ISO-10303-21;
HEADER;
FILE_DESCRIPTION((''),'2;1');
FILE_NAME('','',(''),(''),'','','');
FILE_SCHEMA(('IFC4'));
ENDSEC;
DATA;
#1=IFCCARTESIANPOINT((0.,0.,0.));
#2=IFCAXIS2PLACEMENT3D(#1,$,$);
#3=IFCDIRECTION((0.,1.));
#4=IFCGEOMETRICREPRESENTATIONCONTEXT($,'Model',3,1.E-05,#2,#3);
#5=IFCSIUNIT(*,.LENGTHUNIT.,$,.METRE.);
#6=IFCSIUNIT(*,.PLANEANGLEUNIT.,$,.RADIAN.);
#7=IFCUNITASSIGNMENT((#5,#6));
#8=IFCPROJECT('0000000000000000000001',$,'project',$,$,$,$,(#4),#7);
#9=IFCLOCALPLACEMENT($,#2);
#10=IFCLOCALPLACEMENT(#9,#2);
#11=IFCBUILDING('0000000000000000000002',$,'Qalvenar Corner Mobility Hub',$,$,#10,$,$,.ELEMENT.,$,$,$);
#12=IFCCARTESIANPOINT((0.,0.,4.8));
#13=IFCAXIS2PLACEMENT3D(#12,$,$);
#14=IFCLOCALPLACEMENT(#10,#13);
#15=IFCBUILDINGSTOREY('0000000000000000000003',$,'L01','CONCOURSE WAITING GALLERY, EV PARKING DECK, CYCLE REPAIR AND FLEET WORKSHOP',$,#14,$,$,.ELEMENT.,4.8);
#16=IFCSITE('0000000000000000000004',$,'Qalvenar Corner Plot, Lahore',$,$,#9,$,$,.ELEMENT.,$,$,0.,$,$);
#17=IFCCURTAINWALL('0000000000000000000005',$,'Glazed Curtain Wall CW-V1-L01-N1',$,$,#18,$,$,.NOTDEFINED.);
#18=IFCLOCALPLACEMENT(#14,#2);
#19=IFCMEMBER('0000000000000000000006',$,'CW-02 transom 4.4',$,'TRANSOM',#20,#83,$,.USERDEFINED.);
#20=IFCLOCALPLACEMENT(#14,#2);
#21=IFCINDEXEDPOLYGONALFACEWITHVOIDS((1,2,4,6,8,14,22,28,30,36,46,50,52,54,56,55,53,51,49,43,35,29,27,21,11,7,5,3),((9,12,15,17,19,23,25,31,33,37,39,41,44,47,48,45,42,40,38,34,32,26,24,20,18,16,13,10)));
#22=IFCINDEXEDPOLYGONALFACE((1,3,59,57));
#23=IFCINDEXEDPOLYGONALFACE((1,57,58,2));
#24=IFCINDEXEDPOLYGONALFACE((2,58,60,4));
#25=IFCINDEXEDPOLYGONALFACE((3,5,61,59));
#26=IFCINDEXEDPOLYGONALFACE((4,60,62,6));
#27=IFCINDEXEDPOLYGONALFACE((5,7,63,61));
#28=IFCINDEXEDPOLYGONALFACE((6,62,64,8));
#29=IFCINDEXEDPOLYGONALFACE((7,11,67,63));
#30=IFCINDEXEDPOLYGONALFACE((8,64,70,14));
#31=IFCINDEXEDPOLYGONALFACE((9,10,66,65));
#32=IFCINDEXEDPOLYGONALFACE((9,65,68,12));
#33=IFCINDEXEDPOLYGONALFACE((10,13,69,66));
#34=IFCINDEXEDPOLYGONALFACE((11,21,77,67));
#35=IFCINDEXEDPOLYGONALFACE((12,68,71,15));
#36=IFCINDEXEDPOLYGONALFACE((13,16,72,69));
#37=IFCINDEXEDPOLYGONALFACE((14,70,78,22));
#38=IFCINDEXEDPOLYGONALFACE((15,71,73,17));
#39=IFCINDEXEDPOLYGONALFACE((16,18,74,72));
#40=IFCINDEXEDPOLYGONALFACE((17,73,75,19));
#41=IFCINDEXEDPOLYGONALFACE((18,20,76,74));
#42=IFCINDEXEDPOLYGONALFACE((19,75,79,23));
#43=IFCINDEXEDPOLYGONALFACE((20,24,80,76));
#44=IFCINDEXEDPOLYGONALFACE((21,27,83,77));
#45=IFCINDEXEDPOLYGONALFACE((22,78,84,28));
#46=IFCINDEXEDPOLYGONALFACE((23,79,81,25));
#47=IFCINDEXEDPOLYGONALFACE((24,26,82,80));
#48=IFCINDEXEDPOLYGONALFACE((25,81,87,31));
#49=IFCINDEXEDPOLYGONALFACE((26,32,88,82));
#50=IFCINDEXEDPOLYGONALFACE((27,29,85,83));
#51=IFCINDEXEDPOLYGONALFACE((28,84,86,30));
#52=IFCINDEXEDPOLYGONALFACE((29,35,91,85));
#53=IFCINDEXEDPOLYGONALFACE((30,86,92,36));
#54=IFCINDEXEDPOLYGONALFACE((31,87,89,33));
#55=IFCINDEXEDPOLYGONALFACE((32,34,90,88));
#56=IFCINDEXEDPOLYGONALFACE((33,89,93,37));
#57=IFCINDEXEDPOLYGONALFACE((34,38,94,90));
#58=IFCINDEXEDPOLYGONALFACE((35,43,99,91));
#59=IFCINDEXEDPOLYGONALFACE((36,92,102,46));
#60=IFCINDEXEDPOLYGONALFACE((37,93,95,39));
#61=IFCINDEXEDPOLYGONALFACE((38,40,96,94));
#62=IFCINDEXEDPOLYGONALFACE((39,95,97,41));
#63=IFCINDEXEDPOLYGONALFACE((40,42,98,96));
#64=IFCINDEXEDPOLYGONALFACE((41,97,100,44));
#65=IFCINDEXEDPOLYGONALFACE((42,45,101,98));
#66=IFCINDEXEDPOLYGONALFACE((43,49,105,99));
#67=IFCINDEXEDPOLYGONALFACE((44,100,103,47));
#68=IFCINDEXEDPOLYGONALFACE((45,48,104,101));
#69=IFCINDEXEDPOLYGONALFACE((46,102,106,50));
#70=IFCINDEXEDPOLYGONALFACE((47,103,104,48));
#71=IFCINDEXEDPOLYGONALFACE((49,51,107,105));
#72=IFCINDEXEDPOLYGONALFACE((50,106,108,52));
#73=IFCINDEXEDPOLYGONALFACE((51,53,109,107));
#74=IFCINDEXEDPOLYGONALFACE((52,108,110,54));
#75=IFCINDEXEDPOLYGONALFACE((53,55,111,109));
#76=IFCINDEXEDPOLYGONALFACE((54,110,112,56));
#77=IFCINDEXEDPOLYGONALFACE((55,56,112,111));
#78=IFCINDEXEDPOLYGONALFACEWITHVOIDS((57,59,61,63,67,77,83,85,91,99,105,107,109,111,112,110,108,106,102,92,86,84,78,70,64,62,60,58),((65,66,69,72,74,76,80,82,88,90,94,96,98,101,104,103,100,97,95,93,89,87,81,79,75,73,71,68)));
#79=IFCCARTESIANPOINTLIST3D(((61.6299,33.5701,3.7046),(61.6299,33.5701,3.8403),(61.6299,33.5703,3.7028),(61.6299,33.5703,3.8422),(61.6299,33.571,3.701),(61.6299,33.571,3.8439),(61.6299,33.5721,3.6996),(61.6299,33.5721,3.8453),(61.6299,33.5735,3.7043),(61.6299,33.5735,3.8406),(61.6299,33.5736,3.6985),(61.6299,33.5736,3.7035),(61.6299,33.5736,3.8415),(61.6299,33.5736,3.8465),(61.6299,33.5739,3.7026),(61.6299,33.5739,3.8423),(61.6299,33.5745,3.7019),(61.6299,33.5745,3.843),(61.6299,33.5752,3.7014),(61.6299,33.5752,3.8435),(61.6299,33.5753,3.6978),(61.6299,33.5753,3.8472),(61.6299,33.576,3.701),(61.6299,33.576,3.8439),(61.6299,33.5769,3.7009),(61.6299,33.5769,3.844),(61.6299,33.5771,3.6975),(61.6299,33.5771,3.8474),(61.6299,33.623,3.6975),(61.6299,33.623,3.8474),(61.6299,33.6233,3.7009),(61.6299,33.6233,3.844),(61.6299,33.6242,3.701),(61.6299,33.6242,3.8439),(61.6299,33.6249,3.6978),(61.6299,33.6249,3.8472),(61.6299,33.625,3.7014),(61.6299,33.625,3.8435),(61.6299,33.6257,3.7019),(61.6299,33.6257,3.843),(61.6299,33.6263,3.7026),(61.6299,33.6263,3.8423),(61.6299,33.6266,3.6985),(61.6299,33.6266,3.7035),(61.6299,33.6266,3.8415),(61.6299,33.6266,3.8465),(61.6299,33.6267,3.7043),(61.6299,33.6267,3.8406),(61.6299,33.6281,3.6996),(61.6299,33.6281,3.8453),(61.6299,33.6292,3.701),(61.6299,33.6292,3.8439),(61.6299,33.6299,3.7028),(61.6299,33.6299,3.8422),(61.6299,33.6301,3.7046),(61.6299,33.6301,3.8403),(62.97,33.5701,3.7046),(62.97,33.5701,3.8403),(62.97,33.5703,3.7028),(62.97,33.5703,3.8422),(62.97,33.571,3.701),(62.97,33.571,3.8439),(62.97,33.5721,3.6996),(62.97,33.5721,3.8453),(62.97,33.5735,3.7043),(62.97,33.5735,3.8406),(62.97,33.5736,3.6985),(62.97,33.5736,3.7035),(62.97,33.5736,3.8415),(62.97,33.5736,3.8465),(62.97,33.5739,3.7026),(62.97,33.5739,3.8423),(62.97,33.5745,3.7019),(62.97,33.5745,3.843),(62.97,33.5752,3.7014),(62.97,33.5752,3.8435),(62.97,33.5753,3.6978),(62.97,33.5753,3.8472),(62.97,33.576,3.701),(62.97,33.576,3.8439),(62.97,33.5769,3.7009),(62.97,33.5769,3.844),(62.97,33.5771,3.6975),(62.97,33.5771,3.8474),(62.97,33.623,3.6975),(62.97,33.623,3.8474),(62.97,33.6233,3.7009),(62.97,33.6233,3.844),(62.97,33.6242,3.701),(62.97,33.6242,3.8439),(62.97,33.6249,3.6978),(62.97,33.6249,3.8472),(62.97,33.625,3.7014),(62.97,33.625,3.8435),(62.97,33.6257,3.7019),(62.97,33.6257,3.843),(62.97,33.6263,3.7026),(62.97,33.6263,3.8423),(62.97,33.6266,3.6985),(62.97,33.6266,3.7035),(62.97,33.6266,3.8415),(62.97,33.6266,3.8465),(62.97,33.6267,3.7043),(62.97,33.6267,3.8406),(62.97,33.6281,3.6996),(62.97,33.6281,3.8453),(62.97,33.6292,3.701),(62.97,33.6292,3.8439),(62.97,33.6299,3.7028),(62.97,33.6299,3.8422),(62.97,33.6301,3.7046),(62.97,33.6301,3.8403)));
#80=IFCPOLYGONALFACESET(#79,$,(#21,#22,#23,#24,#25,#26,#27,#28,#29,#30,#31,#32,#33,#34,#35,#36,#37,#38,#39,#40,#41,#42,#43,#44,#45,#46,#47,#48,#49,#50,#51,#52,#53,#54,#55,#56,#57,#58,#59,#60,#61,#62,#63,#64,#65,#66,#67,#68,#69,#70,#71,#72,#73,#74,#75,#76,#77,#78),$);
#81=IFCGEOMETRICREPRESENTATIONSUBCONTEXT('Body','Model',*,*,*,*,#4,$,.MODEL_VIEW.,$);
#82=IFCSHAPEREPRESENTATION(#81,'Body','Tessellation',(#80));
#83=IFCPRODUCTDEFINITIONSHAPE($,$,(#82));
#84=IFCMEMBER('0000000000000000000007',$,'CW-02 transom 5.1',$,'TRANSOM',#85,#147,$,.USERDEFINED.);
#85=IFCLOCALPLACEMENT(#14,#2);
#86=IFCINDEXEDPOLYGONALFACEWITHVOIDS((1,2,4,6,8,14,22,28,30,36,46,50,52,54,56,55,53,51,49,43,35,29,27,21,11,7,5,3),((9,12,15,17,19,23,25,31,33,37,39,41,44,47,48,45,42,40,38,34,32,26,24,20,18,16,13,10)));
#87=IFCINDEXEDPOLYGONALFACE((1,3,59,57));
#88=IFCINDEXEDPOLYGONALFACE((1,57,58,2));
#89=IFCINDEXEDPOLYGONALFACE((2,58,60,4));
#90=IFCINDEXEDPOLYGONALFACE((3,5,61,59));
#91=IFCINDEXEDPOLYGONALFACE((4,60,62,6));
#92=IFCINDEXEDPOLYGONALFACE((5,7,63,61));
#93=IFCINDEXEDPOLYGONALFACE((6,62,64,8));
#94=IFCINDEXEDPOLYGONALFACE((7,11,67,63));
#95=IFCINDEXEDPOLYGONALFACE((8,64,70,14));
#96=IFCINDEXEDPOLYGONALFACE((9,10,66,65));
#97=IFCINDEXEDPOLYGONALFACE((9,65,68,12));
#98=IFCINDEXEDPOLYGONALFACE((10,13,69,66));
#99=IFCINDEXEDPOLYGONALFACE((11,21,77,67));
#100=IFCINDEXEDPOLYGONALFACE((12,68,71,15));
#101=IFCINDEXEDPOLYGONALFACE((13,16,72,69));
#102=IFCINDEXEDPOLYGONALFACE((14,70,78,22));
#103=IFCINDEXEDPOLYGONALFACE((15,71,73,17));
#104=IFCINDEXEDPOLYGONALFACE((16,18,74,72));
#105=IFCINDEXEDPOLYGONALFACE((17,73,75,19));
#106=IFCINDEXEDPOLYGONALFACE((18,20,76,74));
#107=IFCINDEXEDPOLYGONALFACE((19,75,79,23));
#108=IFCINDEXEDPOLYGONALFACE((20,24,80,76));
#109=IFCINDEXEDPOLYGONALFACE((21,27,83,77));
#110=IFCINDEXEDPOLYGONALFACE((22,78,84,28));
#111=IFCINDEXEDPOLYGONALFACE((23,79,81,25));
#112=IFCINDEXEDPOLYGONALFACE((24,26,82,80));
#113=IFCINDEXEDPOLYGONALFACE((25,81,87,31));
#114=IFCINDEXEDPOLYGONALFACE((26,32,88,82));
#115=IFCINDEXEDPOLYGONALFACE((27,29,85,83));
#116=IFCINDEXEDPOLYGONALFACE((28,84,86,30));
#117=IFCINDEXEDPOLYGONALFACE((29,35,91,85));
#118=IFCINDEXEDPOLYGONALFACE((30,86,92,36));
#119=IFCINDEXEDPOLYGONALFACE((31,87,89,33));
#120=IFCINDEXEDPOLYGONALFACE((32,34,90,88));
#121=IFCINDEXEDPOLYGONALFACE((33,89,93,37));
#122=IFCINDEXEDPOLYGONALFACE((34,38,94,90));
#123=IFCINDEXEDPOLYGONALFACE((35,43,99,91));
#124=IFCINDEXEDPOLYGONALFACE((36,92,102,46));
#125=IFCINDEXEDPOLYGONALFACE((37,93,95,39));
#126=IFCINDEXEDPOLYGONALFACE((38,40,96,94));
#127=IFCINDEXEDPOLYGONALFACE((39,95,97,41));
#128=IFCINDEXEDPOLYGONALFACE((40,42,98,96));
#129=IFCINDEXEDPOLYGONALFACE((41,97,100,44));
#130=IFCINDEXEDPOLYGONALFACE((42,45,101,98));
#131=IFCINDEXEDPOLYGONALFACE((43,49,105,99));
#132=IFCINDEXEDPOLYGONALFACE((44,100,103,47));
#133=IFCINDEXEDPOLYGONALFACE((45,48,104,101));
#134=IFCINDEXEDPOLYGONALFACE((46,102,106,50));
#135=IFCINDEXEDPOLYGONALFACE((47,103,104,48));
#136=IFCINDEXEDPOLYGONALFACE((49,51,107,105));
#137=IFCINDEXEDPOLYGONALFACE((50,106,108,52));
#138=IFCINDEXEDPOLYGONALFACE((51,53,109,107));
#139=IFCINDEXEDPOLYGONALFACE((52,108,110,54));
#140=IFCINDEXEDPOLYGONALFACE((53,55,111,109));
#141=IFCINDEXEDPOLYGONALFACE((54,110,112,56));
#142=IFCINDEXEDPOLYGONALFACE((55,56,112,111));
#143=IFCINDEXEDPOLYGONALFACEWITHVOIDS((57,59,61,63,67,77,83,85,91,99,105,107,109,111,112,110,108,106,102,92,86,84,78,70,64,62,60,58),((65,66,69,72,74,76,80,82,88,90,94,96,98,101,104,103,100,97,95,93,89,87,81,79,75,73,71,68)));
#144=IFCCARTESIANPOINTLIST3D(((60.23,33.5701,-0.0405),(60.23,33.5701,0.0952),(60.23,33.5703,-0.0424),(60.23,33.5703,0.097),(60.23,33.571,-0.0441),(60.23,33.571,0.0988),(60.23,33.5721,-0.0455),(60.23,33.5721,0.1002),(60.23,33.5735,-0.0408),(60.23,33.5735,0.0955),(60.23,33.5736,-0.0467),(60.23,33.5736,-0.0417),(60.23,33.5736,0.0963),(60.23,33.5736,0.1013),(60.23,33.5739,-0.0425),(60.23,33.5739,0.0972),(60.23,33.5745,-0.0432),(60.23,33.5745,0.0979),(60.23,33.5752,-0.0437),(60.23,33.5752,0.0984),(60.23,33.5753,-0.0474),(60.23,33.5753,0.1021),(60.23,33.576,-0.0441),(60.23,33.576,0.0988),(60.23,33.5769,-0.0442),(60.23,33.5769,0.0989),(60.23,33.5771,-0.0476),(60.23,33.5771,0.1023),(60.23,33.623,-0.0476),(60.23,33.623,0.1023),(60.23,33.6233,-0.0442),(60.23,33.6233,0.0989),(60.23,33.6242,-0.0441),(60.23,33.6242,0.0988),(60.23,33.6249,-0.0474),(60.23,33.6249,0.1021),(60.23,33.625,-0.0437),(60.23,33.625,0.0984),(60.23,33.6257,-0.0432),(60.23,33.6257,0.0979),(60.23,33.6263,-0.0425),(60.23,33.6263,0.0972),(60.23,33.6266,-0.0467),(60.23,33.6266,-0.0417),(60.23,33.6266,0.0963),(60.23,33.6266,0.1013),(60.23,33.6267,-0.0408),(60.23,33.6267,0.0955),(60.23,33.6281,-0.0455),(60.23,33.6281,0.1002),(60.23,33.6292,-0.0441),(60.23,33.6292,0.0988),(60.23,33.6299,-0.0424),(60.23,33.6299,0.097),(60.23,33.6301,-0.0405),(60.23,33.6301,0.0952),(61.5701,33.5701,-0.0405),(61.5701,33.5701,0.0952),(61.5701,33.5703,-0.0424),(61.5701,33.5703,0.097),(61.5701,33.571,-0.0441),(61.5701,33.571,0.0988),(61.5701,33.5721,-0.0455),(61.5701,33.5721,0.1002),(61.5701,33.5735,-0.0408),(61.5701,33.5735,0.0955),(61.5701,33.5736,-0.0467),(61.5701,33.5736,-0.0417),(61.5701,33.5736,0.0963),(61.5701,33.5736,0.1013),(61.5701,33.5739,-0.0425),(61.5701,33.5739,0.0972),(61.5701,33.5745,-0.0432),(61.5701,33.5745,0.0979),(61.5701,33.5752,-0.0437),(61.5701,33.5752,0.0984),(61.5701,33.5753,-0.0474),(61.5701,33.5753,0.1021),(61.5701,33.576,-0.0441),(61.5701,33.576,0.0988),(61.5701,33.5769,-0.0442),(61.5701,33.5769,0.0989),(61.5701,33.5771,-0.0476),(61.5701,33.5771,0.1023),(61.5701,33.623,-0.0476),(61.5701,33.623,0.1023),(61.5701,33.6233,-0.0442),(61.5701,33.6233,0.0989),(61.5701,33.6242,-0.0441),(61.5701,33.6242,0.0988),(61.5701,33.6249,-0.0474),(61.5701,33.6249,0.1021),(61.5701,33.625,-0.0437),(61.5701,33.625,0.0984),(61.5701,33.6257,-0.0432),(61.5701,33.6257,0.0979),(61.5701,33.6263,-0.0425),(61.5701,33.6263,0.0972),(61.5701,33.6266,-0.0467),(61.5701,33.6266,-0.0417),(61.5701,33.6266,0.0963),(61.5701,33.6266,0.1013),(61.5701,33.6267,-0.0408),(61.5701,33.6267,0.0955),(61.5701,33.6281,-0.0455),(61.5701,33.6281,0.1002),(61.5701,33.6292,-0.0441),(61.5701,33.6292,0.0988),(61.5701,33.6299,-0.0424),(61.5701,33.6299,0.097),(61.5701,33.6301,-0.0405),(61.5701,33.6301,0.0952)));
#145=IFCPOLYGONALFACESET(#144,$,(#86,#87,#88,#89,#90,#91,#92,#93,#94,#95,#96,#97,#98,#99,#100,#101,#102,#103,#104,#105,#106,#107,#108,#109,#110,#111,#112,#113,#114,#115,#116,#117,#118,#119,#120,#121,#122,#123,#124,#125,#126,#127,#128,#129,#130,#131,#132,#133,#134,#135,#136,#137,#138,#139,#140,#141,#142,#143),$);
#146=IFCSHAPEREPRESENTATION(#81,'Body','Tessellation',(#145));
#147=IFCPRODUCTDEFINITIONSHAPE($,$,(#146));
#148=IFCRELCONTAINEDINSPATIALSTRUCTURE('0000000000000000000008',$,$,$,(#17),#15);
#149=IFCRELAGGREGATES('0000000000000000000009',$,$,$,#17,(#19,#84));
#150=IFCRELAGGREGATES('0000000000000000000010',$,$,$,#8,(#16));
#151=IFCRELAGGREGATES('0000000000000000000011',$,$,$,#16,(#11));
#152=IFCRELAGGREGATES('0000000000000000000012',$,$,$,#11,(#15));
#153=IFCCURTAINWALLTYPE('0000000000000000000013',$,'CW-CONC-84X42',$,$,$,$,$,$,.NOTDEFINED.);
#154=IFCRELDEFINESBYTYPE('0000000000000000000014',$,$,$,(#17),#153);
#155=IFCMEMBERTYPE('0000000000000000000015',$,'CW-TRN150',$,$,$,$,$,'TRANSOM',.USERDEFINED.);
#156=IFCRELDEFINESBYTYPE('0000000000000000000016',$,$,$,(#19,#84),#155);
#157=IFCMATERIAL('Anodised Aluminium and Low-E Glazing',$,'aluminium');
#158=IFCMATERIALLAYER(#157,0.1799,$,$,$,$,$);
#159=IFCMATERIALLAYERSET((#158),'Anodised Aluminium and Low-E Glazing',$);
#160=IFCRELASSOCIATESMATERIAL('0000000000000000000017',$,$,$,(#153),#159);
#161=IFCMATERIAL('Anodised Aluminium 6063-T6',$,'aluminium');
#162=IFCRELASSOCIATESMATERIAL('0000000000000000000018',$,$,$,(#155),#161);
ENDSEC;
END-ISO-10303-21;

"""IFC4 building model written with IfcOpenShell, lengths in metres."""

from ifc_helpers import new_model, si_unit, direction, frame, origin, origin_2d, place, context, subcontext, project, spatial, hollow_rectangle, extrude, material, layer, layer_set, material_profile, profile_set, type_object, element, aggregate, save


model = new_model("IFC4")

# Units and contexts
model_context = context("Model", 3, precision=1e-05, world=origin(), true_north=direction((0.0, 1.0)))
body_context = subcontext(model_context, "Body", "Model", "MODEL_VIEW")
ifc_project = project(units=[si_unit("LENGTHUNIT", "METRE"), si_unit("PLANEANGLEUNIT", "RADIAN")], contexts=[model_context])

# Site, building, storey
site_placement = place(None, origin())
site = spatial("IfcSite", under=ifc_project, at=site_placement, Name="Qalvenar Corner Plot, Lahore", CompositionType="ELEMENT", RefElevation=0.0)
building_placement = place(site_placement, origin())
building = spatial("IfcBuilding", under=site, at=building_placement, Name="Qalvenar Corner Mobility Hub", CompositionType="ELEMENT")
storey_placement = place(building_placement, frame((0.0, 0.0, 4.8)))
storey = spatial("IfcBuildingStorey", under=building, at=storey_placement, Name="L01", Description="CONCOURSE WAITING GALLERY, EV PARKING DECK, CYCLE REPAIR AND FLEET WORKSHOP", CompositionType="ELEMENT", Elevation=4.8)

# Curtain wall, members
ifc_material_1 = material(Name="Anodised Aluminium and Low-E Glazing", Category="aluminium")
ifc_layer_1 = layer(ifc_material_1, 0.1799)
ifc_layer_set_1 = layer_set([ifc_layer_1], Name="Anodised Aluminium and Low-E Glazing")
curtain_wall_type = type_object("IfcCurtainWallType", Name="CW-CONC-84X42", PredefinedType="NOTDEFINED", material=ifc_layer_set_1)
curtain_wall_placement = place(storey_placement, origin())
curtain_wall = element("IfcCurtainWall", 1, at=curtain_wall_placement, inside=storey, type_object=curtain_wall_type, Name="Glazed Curtain Wall CW-V1-L01-N1", PredefinedType="NOTDEFINED")
ifc_material_2 = material(Name="Anodised Aluminium 6063-T6", Category="aluminium")
ifc_material_profile_1 = material_profile(ifc_material_2, hollow_rectangle(XDim=0.0601, YDim=0.1499, WallThickness=0.0034, InnerFilletRadius=0.0034, OuterFilletRadius=0.0071, at=origin_2d()), Name="RHS150x60x3.5")
ifc_profile_set_1 = profile_set([ifc_material_profile_1], Name="Anodised Aluminium 6063-T6")
member_type_1 = type_object("IfcMemberType", Name="CW-TRN150", ElementType="TRANSOM", PredefinedType="USERDEFINED", material=ifc_profile_set_1)
member_1_placement = place(storey_placement, frame((62.97, 33.6001, 3.7725), z_axis=(-1.0, 0.0, 0.0), x_axis=(0.0, -1.0, 0.0)))
member_1 = element("IfcMember", 2, at=member_1_placement, type_object=member_type_1, Name="CW-02 transom 4.4", ObjectType="TRANSOM", PredefinedType="USERDEFINED", context=body_context, shape_type="SweptSolid", body=[
    extrude(hollow_rectangle(XDim=0.0601, YDim=0.1499, WallThickness=0.0034, InnerFilletRadius=0.0034, OuterFilletRadius=0.0071, at=origin_2d()), origin(), (0.0, 0.0, 1.0), 1.3401),
])
member_2_placement = place(storey_placement, frame((61.5701, 33.6001, 0.0273), z_axis=(-1.0, 0.0, 0.0), x_axis=(0.0, -1.0, 0.0)))
member_2 = element("IfcMember", 3, at=member_2_placement, type_object=member_type_1, Name="CW-02 transom 5.1", ObjectType="TRANSOM", PredefinedType="USERDEFINED", context=body_context, shape_type="SweptSolid", body=[
    extrude(hollow_rectangle(XDim=0.0601, YDim=0.1499, WallThickness=0.0034, InnerFilletRadius=0.0034, OuterFilletRadius=0.0071, at=origin_2d()), origin(), (0.0, 0.0, 1.0), 1.3401),
])
aggregate(curtain_wall, [member_1, member_2])

save(model, "model.ifc")
